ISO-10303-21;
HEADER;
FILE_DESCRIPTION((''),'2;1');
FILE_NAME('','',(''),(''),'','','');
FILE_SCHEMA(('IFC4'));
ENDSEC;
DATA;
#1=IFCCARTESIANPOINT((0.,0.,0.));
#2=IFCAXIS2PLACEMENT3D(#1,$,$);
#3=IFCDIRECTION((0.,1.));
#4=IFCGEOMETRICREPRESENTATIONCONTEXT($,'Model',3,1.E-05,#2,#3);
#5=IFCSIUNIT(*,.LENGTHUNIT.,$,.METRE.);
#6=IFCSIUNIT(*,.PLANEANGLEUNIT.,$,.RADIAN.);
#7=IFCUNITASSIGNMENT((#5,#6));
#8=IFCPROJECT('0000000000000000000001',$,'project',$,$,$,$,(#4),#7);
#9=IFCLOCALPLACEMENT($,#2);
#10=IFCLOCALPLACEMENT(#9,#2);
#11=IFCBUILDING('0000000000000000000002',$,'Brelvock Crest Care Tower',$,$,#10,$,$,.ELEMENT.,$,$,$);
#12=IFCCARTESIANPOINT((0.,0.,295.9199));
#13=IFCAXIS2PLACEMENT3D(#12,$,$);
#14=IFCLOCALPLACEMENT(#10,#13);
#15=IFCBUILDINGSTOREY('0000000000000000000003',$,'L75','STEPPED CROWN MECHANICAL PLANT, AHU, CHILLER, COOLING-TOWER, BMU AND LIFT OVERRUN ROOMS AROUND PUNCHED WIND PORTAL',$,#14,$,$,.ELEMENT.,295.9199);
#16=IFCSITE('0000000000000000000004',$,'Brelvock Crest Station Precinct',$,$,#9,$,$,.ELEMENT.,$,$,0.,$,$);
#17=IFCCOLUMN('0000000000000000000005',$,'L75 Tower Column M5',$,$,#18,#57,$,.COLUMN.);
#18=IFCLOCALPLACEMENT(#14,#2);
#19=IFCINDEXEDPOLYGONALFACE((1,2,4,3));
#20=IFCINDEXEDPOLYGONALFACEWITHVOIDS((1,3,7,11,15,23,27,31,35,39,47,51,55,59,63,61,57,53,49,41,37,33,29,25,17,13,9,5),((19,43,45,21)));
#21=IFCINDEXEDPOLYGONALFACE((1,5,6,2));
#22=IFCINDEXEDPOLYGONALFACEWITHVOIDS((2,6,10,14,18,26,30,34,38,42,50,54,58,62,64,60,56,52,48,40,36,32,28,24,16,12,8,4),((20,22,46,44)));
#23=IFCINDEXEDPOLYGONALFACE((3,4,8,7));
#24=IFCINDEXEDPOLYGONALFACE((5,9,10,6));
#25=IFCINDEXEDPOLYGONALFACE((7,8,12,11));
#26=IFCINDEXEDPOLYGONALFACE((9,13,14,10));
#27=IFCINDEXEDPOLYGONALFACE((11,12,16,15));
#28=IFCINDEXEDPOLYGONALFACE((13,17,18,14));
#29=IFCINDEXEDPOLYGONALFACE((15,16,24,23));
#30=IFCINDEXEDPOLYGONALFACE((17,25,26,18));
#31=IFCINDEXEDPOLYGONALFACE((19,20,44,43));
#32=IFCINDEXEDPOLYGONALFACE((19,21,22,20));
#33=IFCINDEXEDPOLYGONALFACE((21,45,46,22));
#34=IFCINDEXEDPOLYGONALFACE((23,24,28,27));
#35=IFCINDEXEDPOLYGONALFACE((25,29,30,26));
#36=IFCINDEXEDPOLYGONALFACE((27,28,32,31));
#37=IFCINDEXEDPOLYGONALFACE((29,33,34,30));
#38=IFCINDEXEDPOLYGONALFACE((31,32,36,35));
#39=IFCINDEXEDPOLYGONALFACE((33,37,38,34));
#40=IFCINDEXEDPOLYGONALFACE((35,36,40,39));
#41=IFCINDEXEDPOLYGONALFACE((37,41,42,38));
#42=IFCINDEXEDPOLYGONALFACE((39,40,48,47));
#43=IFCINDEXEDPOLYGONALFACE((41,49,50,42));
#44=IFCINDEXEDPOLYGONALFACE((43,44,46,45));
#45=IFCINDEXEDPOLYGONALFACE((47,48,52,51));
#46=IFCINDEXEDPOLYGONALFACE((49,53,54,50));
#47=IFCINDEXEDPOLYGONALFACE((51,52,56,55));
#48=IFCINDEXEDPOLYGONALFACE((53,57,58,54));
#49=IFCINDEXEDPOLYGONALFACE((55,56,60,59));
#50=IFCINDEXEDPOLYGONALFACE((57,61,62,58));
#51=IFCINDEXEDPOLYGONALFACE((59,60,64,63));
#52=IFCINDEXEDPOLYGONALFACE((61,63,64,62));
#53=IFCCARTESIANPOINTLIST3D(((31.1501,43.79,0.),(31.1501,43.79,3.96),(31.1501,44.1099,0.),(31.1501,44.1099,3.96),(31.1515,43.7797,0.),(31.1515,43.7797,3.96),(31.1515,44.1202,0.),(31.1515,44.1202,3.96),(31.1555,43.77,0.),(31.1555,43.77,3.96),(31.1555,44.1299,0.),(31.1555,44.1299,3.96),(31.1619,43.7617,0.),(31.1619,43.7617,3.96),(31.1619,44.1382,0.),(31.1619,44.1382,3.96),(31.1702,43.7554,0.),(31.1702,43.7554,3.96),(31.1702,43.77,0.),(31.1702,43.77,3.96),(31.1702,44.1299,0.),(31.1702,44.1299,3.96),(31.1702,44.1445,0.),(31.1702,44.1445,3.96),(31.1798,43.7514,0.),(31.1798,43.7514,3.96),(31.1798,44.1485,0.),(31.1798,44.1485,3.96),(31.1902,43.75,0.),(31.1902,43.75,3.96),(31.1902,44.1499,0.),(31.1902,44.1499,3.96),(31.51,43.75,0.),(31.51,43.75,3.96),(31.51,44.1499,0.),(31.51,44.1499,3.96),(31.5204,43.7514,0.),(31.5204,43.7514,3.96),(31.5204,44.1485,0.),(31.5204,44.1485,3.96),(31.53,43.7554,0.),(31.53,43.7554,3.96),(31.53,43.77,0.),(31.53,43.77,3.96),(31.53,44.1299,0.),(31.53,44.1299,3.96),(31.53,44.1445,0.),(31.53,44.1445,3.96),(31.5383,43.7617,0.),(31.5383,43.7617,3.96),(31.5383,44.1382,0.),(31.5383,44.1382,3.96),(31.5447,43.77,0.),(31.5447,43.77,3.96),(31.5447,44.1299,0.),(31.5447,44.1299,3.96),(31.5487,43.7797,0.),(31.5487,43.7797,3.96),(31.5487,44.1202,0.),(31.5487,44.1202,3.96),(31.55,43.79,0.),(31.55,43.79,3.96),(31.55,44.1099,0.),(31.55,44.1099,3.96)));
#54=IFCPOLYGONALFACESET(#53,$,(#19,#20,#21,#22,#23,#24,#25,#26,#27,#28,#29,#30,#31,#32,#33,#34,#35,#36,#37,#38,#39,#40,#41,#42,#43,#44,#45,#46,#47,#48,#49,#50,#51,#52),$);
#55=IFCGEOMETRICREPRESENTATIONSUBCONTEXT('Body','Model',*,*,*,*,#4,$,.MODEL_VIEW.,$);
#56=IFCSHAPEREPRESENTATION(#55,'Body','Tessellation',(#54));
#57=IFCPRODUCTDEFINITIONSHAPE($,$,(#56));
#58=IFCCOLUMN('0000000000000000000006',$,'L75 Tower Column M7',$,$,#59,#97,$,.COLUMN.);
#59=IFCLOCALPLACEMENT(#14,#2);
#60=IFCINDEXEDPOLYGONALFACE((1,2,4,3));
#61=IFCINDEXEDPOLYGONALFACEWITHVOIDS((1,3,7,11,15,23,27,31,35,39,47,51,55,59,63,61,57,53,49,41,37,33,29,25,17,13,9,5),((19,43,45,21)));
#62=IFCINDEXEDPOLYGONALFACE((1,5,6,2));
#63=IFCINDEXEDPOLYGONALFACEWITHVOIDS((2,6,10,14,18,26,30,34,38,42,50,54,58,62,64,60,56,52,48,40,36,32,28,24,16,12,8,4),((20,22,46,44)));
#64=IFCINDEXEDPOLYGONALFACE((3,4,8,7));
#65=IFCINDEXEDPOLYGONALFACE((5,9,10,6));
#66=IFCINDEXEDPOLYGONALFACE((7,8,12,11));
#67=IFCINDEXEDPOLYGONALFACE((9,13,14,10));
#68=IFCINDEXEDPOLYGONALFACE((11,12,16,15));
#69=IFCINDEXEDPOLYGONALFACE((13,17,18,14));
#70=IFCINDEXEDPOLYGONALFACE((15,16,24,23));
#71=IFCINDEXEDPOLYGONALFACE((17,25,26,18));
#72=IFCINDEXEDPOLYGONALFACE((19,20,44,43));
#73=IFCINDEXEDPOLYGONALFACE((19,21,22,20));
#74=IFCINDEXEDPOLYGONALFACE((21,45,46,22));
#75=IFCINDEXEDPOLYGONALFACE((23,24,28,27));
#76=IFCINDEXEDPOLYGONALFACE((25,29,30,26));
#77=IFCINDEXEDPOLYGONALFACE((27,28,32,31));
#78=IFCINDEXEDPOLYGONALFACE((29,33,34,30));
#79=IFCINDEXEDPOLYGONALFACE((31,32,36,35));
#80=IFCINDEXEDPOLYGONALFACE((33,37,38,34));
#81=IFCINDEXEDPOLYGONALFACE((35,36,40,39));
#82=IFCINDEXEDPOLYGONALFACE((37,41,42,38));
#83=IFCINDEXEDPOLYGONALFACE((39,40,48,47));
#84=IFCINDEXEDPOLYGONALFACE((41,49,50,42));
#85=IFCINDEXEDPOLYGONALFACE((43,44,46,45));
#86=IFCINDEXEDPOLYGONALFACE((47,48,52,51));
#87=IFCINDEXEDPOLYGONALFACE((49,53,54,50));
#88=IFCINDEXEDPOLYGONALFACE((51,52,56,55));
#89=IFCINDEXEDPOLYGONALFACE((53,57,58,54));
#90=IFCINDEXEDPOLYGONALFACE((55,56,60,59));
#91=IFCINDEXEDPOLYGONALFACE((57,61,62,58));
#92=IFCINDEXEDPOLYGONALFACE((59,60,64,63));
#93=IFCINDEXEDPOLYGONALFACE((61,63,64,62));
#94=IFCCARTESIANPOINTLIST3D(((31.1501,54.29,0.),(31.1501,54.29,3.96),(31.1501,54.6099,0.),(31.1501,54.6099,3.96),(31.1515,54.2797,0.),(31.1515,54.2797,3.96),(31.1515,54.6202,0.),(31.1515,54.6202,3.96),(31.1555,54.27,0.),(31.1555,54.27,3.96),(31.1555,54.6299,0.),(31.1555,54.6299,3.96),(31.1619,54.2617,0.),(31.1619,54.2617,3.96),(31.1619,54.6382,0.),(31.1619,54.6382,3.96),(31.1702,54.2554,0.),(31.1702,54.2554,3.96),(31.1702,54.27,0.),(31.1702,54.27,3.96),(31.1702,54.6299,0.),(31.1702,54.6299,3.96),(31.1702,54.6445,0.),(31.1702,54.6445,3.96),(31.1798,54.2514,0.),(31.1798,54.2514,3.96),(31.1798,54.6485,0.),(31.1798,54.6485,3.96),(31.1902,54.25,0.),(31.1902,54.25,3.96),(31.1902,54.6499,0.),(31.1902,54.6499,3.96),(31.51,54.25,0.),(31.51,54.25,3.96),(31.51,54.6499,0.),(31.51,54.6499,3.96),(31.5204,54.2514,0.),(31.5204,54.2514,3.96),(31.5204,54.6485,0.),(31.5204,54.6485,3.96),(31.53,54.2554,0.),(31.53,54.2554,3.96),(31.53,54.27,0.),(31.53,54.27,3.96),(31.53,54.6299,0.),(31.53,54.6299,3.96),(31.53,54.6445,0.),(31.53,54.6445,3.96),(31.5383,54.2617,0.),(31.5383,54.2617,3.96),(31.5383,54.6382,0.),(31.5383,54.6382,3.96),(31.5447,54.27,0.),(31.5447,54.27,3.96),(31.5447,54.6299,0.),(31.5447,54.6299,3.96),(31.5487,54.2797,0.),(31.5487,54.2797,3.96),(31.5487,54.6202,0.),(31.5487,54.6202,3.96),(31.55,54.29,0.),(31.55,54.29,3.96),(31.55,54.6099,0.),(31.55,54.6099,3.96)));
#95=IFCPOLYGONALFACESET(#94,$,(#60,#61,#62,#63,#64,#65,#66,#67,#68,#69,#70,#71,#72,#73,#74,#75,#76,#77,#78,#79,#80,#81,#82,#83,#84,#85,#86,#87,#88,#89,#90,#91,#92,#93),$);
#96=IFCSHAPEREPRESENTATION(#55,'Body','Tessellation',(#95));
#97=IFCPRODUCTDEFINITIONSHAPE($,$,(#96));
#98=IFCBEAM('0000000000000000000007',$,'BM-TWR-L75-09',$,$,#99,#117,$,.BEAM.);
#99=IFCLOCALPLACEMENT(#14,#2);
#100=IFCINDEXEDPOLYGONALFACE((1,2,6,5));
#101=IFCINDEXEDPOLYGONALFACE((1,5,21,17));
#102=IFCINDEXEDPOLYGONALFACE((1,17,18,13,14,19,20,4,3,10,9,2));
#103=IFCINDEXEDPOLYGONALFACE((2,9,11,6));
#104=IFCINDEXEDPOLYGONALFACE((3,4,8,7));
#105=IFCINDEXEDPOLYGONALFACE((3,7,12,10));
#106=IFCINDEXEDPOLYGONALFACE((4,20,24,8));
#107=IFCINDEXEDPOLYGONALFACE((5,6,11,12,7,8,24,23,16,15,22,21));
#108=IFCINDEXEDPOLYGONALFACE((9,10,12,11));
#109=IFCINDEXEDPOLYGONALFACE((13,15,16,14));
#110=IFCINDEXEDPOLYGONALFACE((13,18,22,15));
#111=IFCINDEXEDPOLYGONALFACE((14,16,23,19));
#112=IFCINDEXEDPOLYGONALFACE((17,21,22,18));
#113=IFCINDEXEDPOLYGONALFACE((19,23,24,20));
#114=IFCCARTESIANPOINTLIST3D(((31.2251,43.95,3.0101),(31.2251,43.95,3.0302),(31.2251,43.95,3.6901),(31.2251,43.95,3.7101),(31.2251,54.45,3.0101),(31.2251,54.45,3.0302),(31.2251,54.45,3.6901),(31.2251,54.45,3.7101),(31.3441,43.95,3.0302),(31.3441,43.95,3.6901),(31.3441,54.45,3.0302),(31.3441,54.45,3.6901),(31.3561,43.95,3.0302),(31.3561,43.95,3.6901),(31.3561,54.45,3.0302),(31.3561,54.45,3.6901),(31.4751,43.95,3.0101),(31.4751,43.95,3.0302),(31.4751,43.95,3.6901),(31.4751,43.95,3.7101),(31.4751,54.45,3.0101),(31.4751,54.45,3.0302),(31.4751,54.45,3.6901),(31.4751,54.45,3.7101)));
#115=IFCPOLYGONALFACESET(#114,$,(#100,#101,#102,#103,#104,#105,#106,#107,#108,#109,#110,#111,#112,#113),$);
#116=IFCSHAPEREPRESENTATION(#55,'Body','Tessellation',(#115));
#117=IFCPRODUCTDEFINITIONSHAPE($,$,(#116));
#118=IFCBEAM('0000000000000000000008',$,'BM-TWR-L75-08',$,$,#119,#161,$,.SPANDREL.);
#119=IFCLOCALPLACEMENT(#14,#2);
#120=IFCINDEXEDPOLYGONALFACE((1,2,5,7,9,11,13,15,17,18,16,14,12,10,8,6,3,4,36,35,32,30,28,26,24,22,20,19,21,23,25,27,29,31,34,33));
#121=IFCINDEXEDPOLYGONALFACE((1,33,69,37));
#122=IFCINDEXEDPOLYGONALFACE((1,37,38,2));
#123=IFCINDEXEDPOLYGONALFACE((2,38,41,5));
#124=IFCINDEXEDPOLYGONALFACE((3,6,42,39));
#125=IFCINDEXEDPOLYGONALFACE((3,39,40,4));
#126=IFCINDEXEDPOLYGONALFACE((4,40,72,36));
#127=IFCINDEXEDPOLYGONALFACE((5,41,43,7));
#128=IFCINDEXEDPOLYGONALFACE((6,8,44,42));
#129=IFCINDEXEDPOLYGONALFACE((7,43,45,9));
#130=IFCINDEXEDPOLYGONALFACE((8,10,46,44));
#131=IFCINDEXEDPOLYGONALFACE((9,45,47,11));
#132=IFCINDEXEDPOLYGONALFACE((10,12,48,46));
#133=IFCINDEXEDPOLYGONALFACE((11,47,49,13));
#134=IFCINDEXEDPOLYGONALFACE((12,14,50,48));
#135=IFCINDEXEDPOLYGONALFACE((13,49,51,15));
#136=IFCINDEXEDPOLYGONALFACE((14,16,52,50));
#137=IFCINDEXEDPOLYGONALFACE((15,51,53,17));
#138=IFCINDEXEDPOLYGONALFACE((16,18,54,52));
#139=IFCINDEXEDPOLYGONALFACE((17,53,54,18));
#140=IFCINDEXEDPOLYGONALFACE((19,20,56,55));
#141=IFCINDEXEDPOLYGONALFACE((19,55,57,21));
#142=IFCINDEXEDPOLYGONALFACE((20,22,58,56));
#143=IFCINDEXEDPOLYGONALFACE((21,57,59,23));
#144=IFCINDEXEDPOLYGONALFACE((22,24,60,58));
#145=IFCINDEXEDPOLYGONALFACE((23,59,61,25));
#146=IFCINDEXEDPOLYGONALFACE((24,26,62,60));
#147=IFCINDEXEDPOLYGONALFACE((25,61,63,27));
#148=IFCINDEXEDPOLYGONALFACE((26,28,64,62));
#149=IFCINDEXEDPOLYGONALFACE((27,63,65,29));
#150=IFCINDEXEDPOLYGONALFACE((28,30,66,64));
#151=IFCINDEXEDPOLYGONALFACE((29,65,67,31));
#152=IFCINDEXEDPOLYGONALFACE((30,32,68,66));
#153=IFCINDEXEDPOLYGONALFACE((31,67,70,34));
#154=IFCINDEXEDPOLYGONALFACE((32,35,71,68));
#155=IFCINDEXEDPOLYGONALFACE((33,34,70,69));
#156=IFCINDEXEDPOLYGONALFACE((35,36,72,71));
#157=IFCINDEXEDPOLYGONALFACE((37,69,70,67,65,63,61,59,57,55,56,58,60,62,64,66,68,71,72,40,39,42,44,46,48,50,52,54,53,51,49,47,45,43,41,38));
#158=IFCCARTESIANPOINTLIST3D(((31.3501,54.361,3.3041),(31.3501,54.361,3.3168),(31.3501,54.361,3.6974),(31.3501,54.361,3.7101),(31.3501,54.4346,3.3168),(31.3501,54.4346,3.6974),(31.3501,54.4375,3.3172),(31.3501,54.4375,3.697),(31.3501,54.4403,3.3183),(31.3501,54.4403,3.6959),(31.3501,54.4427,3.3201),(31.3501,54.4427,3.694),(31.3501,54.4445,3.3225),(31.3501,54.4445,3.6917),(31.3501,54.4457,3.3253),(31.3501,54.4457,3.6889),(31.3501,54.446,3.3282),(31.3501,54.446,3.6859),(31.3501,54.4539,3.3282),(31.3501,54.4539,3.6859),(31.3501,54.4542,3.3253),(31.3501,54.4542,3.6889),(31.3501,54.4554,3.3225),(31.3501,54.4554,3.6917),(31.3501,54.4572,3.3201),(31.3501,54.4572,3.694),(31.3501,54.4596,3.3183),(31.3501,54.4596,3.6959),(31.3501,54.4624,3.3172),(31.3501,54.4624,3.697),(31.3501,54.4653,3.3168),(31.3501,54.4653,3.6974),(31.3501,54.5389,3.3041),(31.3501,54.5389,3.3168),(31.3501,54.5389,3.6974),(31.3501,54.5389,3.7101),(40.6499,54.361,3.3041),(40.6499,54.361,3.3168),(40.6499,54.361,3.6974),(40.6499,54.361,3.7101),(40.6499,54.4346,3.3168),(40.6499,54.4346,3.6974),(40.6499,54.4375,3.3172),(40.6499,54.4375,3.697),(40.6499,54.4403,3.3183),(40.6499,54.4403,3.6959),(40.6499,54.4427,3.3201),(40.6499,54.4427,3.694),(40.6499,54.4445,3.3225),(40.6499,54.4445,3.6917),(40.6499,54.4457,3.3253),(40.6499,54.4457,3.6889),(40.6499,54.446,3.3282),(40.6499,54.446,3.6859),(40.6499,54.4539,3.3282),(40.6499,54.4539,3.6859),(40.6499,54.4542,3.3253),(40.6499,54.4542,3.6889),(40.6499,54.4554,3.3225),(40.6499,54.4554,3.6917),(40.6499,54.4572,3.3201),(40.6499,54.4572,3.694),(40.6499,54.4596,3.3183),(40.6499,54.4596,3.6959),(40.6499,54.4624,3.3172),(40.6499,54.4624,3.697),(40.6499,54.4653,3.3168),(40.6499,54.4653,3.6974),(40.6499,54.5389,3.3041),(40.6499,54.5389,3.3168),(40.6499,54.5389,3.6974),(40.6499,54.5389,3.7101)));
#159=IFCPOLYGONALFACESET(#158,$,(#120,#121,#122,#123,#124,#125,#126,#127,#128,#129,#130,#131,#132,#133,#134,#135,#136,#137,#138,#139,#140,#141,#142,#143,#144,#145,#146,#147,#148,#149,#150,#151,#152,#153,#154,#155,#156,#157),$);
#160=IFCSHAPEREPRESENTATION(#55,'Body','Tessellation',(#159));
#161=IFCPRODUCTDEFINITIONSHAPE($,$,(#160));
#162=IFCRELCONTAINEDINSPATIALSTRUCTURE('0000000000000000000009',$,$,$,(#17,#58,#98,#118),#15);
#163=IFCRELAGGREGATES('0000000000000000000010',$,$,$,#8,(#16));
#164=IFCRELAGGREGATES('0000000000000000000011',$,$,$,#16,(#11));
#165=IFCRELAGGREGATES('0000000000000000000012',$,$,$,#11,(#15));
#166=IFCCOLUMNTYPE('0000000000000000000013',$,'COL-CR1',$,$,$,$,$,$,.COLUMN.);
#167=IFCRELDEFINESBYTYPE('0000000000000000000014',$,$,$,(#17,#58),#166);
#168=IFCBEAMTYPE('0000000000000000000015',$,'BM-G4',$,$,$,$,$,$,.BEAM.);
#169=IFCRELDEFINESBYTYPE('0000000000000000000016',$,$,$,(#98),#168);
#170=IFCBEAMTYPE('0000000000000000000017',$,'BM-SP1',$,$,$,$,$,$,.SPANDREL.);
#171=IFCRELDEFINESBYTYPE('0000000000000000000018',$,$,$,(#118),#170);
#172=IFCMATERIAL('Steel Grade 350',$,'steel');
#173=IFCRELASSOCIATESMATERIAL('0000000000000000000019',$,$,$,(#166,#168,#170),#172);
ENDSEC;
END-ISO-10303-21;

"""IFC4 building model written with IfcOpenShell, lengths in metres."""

from ifc_helpers import new_model, si_unit, direction, frame, origin, origin_2d, place, context, subcontext, project, spatial, hollow_rectangle, i_section, extrude, source, transform, mapped, material, material_profile, profile_set, type_object, element, save


model = new_model("IFC4")

# Units and contexts
model_context = context("Model", 3, precision=1e-05, world=origin(), true_north=direction((0.0, 1.0)))
body_context = subcontext(model_context, "Body", "Model", "MODEL_VIEW")
ifc_project = project(units=[si_unit("LENGTHUNIT", "METRE"), si_unit("PLANEANGLEUNIT", "RADIAN")], contexts=[model_context])

# Site, building, storey
site_placement = place(None, origin())
site = spatial("IfcSite", under=ifc_project, at=site_placement, Name="Brelvock Crest Station Precinct", CompositionType="ELEMENT", RefElevation=0.0)
building_placement = place(site_placement, origin())
building = spatial("IfcBuilding", under=site, at=building_placement, Name="Brelvock Crest Care Tower", CompositionType="ELEMENT")
storey_placement = place(building_placement, frame((0.0, 0.0, 295.9199)))
storey = spatial("IfcBuildingStorey", under=building, at=storey_placement, Name="L75", Description="STEPPED CROWN MECHANICAL PLANT, AHU, CHILLER, COOLING-TOWER, BMU AND LIFT OVERRUN ROOMS AROUND PUNCHED WIND PORTAL", CompositionType="ELEMENT", Elevation=295.9199)

# Columns
ifc_material_1 = material(Name="Steel Grade 350", Category="steel")
ifc_material_profile_1 = material_profile(ifc_material_1, hollow_rectangle(XDim=0.3999, YDim=0.3999, WallThickness=0.02, OuterFilletRadius=0.04, at=origin_2d()), Name="SHS400x400x20.0")
ifc_profile_set_1 = profile_set([ifc_material_profile_1], Name="Steel Grade 350")
column_type = type_object("IfcColumnType", Name="COL-CR1", PredefinedType="COLUMN", material=ifc_profile_set_1)
shared_shape_1 = source(origin(), body_context, "Body", "SweptSolid", [
    extrude(hollow_rectangle(XDim=0.3999, YDim=0.3999, WallThickness=0.02, OuterFilletRadius=0.04, at=origin_2d()), origin(), (0.0, 0.0, 1.0), 3.96),
])
for number, where, z_axis, x_axis, name in (
    (1, (31.3501, 43.95, 0.0), (0.0, 0.0, 1.0), (1.0, 0.0, 0.0), "L75 Tower Column M5"),
    (2, (31.3501, 54.45, 0.0), (0.0, 0.0, 1.0), (1.0, 0.0, 0.0), "L75 Tower Column M7"),
):
    element("IfcColumn", number, at=place(storey_placement, frame(where, z_axis=z_axis, x_axis=x_axis)), inside=storey, type_object=column_type, Name=name, PredefinedType="COLUMN", context=body_context, shape_type="MappedRepresentation", body=[
        mapped(shared_shape_1, transform((0.0, 0.0, 0.0), x_axis=(1.0, 0.0, 0.0), y_axis=(0.0, 1.0, 0.0), z_axis=(0.0, 0.0, 1.0), scale=1.0)),
    ])

# Beams
ifc_material_profile_2 = material_profile(ifc_material_1, i_section(OverallWidth=0.25, OverallDepth=0.7, WebThickness=0.012, FlangeThickness=0.02, at=origin_2d()), Name="700WB150")
ifc_profile_set_2 = profile_set([ifc_material_profile_2], Name="Steel Grade 350")
beam_type_1 = type_object("IfcBeamType", Name="BM-G4", PredefinedType="BEAM", material=ifc_profile_set_2)
shared_shape_2 = source(origin(), body_context, "Body", "SweptSolid", [
    extrude(i_section(OverallWidth=0.25, OverallDepth=0.7, WebThickness=0.012, FlangeThickness=0.02, at=origin_2d()), origin(), (0.0, 0.0, 1.0), 10.5),
])
beam_1_placement = place(storey_placement, frame((31.3501, 43.95, 3.3601), z_axis=(0.0, 1.0, 0.0), x_axis=(-1.0, 0.0, 0.0)))
element("IfcBeam", 3, at=beam_1_placement, inside=storey, type_object=beam_type_1, Name="BM-TWR-L75-09", PredefinedType="BEAM", context=body_context, shape_type="MappedRepresentation", body=[
    mapped(shared_shape_2, transform((0.0, 0.0, 0.0), x_axis=(1.0, 0.0, 0.0), y_axis=(0.0, 1.0, 0.0), z_axis=(0.0, 0.0, 1.0), scale=1.0)),
])
ifc_material_profile_3 = material_profile(ifc_material_1, i_section(OverallWidth=0.178, OverallDepth=0.406, WebThickness=0.0078, FlangeThickness=0.0127, FilletRadius=0.0115, at=origin_2d()), Name="410UB59.7")
ifc_profile_set_3 = profile_set([ifc_material_profile_3], Name="Steel Grade 350")
beam_type_2 = type_object("IfcBeamType", Name="BM-SP1", PredefinedType="SPANDREL", material=ifc_profile_set_3)
shared_shape_3 = source(origin(), body_context, "Body", "SweptSolid", [
    extrude(i_section(OverallWidth=0.178, OverallDepth=0.406, WebThickness=0.0078, FlangeThickness=0.0127, FilletRadius=0.0115, at=origin_2d()), origin(), (0.0, 0.0, 1.0), 9.2998),
])
beam_2_placement = place(storey_placement, frame((31.3501, 54.45, 3.5071), z_axis=(1.0, 0.0, 0.0), x_axis=(0.0, 1.0, 0.0)))
element("IfcBeam", 4, at=beam_2_placement, inside=storey, type_object=beam_type_2, Name="BM-TWR-L75-08", PredefinedType="SPANDREL", context=body_context, shape_type="MappedRepresentation", body=[
    mapped(shared_shape_3, transform((0.0, 0.0, 0.0), x_axis=(1.0, 0.0, 0.0), y_axis=(0.0, 1.0, 0.0), z_axis=(0.0, 0.0, 1.0), scale=1.0)),
])

save(model, "model.ifc")
